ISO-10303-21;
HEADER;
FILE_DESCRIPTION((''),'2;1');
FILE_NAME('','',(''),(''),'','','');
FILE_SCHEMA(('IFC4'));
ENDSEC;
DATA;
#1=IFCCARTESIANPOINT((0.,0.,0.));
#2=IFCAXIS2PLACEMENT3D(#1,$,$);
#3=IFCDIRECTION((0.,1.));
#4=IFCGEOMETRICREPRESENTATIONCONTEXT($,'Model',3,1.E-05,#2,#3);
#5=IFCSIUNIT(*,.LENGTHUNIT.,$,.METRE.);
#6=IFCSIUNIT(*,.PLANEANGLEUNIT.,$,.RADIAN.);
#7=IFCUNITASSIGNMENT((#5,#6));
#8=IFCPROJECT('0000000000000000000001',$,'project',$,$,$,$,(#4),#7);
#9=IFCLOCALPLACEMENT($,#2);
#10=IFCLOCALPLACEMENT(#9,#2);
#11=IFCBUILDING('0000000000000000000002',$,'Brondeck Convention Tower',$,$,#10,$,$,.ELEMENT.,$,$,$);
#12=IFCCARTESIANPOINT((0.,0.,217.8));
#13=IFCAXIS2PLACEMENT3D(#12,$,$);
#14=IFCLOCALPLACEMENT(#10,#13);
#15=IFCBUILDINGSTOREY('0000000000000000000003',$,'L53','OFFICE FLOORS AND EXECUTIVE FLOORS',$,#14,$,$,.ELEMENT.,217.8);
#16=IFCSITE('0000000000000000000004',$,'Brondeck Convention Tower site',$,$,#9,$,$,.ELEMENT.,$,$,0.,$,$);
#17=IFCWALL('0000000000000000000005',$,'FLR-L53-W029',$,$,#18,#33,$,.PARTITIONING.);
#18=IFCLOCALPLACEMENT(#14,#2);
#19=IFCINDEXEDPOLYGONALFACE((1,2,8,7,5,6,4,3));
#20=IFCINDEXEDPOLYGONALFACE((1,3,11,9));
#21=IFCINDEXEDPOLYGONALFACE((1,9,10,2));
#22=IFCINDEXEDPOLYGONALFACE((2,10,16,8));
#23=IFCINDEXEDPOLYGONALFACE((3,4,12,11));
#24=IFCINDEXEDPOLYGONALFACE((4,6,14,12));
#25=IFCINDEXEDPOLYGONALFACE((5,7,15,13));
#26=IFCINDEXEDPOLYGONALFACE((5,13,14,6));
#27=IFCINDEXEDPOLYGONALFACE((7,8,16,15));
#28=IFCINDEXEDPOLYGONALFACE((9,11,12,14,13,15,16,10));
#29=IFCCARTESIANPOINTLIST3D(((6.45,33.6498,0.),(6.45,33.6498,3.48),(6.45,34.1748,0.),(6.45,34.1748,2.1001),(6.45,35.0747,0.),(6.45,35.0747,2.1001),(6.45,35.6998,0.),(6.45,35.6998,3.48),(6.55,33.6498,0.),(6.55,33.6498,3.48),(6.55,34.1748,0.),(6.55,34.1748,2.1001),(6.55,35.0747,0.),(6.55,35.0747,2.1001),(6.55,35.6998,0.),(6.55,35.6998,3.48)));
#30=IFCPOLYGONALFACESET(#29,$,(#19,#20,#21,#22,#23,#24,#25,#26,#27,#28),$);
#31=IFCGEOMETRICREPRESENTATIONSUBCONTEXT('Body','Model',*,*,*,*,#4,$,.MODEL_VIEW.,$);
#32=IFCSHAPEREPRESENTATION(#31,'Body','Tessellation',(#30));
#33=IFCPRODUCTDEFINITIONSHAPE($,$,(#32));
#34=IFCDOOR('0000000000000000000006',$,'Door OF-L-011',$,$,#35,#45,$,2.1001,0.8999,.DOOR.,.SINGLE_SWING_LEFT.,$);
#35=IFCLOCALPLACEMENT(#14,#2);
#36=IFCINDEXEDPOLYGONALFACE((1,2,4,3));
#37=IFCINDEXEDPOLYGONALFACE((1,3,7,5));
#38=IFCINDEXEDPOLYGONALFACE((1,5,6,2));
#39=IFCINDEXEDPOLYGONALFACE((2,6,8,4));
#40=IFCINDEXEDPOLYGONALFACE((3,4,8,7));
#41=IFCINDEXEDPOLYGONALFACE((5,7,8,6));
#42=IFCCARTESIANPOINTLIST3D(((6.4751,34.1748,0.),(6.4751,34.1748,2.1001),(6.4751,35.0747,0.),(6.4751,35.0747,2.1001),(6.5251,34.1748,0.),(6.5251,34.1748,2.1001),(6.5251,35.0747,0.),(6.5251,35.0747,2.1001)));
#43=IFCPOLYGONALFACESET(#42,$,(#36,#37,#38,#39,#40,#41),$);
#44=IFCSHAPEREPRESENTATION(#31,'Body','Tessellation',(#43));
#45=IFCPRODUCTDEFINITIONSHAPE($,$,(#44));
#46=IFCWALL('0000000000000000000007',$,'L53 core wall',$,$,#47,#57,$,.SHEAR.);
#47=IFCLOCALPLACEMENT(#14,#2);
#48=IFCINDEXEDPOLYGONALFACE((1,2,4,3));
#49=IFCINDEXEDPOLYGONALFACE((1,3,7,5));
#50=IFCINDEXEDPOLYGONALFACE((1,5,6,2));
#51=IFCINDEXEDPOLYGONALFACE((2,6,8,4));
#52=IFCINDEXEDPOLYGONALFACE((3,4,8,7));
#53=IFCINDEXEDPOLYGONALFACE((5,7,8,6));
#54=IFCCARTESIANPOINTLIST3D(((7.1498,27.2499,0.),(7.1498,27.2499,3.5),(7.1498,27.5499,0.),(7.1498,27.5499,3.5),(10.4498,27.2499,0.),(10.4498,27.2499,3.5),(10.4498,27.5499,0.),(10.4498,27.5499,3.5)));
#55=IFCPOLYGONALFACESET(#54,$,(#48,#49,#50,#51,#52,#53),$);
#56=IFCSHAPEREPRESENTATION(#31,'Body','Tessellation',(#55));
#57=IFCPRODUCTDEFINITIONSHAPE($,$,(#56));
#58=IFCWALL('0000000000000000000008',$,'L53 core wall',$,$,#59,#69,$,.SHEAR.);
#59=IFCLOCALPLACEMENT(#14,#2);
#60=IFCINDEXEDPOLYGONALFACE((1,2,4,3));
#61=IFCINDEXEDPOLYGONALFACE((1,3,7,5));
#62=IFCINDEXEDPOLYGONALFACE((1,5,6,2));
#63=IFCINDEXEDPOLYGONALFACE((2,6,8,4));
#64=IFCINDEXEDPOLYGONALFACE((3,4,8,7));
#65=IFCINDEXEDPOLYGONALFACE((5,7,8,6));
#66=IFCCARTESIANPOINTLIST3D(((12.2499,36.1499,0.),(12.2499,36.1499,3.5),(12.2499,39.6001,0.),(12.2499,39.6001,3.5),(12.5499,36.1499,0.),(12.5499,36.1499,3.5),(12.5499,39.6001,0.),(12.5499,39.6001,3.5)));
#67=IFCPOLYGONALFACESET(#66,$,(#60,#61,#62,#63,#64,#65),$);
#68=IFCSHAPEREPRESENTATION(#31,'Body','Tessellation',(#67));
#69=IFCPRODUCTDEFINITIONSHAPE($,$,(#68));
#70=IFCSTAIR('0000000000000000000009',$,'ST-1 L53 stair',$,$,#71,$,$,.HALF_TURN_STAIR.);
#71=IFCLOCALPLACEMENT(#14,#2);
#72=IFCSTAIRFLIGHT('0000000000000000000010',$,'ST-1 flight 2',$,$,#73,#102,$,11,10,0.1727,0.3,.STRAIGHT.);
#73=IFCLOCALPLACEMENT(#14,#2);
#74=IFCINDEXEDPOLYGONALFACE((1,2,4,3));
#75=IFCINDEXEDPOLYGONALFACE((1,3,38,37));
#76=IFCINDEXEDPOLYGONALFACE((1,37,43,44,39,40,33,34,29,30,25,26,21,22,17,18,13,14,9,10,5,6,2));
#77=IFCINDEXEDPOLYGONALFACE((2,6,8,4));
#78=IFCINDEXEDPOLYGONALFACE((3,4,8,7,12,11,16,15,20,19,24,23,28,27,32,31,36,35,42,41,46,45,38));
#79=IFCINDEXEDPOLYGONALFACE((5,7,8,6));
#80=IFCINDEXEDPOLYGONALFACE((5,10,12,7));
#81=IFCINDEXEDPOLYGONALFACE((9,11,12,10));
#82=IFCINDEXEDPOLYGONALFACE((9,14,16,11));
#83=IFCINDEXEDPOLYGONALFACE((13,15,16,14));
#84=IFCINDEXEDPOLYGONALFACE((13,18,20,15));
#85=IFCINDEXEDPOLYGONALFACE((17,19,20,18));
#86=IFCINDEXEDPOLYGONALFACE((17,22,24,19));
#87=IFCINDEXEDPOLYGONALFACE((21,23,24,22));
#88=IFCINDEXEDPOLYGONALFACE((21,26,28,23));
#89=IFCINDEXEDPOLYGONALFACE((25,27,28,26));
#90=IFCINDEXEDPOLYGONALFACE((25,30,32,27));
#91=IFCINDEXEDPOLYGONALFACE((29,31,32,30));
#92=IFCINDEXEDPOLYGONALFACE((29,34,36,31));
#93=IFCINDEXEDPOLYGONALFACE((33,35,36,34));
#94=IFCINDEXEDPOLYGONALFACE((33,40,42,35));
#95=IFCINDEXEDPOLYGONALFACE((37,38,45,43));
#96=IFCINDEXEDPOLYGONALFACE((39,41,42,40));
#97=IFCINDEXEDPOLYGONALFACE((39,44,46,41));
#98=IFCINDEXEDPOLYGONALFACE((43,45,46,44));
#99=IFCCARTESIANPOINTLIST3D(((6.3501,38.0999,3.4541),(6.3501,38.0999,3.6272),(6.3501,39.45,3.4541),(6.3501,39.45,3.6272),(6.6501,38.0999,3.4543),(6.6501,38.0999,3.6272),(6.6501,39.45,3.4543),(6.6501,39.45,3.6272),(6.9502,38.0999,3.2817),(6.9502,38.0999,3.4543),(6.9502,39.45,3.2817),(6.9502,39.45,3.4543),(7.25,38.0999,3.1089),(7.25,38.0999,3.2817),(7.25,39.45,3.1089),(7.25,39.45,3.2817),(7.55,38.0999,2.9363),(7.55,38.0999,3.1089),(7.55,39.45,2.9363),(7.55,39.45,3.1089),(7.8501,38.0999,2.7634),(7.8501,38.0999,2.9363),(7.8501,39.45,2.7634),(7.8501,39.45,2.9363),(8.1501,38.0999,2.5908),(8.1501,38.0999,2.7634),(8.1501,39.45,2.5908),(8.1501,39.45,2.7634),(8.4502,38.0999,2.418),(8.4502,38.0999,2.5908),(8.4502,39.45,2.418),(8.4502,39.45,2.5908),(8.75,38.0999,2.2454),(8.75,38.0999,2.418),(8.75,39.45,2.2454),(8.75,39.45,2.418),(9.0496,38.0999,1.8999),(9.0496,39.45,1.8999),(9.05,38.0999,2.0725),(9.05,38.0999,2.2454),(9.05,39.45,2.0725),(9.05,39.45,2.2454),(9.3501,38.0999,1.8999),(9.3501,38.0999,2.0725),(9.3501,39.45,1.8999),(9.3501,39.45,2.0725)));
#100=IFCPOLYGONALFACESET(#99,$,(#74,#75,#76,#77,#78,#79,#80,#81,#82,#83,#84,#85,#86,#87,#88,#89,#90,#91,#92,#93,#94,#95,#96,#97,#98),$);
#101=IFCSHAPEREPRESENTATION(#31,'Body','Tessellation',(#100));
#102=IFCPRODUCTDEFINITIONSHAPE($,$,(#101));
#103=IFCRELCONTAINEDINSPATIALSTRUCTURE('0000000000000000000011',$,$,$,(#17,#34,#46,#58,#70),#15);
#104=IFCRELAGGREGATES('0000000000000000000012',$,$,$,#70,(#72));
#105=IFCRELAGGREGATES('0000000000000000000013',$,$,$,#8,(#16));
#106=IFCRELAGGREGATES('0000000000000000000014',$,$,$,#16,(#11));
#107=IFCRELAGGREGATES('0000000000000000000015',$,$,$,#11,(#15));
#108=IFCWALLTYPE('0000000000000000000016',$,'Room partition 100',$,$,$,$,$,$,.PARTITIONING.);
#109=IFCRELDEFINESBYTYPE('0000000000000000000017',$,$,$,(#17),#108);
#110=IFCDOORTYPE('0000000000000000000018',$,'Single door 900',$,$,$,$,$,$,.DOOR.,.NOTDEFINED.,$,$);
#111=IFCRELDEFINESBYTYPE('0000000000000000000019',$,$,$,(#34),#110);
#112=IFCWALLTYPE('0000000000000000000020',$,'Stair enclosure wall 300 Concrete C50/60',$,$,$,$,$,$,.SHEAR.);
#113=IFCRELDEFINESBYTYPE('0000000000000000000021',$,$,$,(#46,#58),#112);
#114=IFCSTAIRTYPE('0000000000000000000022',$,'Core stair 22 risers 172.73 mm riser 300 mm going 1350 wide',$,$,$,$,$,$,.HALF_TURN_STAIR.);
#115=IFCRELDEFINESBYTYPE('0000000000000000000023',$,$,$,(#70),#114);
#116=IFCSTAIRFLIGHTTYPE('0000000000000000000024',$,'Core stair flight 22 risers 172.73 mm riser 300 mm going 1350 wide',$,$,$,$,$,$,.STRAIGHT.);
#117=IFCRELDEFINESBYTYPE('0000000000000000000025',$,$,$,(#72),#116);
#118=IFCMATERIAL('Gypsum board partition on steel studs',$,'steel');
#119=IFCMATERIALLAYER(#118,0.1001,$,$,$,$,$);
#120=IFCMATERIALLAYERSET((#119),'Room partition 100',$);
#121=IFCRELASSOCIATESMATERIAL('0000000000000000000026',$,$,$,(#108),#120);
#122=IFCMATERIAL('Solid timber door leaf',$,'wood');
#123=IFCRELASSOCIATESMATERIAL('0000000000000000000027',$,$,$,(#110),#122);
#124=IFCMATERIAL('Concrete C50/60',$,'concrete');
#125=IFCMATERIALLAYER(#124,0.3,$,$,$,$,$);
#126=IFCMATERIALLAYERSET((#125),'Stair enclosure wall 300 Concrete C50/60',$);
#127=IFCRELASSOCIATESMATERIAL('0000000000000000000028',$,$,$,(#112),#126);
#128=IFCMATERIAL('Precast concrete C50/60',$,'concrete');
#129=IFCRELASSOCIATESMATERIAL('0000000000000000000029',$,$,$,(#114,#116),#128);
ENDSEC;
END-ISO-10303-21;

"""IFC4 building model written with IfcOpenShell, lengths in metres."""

from ifc_helpers import new_model, si_unit, direction, frame, frame_2d, origin, place, context, subcontext, project, spatial, polyline, rectangle, outline, extrude, material, layer, layer_set, type_object, element, fill, aggregate, save


model = new_model("IFC4")

# Units and contexts
model_context = context("Model", 3, precision=1e-05, world=origin(), true_north=direction((0.0, 1.0)))
body_context = subcontext(model_context, "Body", "Model", "MODEL_VIEW")
ifc_project = project(units=[si_unit("LENGTHUNIT", "METRE"), si_unit("PLANEANGLEUNIT", "RADIAN")], contexts=[model_context])

# Site, building, storey
site_placement = place(None, origin())
site = spatial("IfcSite", under=ifc_project, at=site_placement, Name="Brondeck Convention Tower site", CompositionType="ELEMENT", RefElevation=0.0)
building_placement = place(site_placement, origin())
building = spatial("IfcBuilding", under=site, at=building_placement, Name="Brondeck Convention Tower", CompositionType="ELEMENT")
storey_placement = place(building_placement, frame((0.0, 0.0, 217.8)))
storey = spatial("IfcBuildingStorey", under=building, at=storey_placement, Name="L53", Description="OFFICE FLOORS AND EXECUTIVE FLOORS", CompositionType="ELEMENT", Elevation=217.8)

# Shared definitions
ifc_material_1 = material(Name="Concrete C50/60", Category="concrete")

# Shared definitions
ifc_material_2 = material(Name="Gypsum board partition on steel studs", Category="steel")
ifc_layer_1 = layer(ifc_material_2, 0.1001)
ifc_layer_set_1 = layer_set([ifc_layer_1], Name="Room partition 100")
wall_type_1 = type_object("IfcWallType", Name="Room partition 100", PredefinedType="PARTITIONING", material=ifc_layer_set_1)

# Wall, opening, door
wall_1_placement = place(storey_placement, frame((6.5, 33.6499, 0.0), z_axis=(0.0, 0.0, 1.0), x_axis=(0.0, 1.0, 0.0)))
wall_1 = element("IfcWall", 1, at=wall_1_placement, inside=storey, type_object=wall_type_1, Name="FLR-L53-W029", PredefinedType="PARTITIONING", context=body_context, shape_type="SweptSolid", body=[
    extrude(rectangle(XDim=2.05, YDim=0.1001, at=frame_2d((1.0249, 0.0))), origin(), (0.0, 0.0, 1.0), 3.48),
])
opening_1_placement = place(wall_1_placement, frame((0.5249, 0.0, 0.0)))
opening_1 = element("IfcOpeningElement", 2, at=opening_1_placement, cuts=wall_1, PredefinedType="OPENING", context=body_context, shape_type="SweptSolid", body=[
    extrude(rectangle(XDim=0.8999, YDim=2.1001, at=frame_2d((0.45, 1.05))), frame((0.0, 0.0601, 0.0), z_axis=(0.0, -1.0, 0.0), x_axis=(1.0, 0.0, 0.0)), (0.0, 0.0, 1.0), 0.1201),
])
ifc_material_3 = material(Name="Solid timber door leaf", Category="wood")
door_type_1 = type_object("IfcDoorType", Name="Single door 900", OperationType="NOTDEFINED", PredefinedType="DOOR", material=ifc_material_3)
door_1_placement = place(opening_1_placement, origin())
door_1 = element("IfcDoor", 3, at=door_1_placement, inside=storey, type_object=door_type_1, Name="Door OF-L-011", OperationType="SINGLE_SWING_LEFT", OverallHeight=2.1001, OverallWidth=0.8999, PredefinedType="DOOR", context=body_context, shape_type="SweptSolid", body=[
    extrude(rectangle(XDim=0.8999, YDim=2.1001, at=frame_2d((0.45, 1.05))), frame((0.0, 0.0249, 0.0), z_axis=(0.0, -1.0, 0.0), x_axis=(1.0, 0.0, 0.0)), (0.0, 0.0, 1.0), 0.05),
])
fill(opening_1, door_1)

# Walls
ifc_layer_2 = layer(ifc_material_1, 0.3)
ifc_layer_set_2 = layer_set([ifc_layer_2], Name="Stair enclosure wall 300 Concrete C50/60")
wall_type_2 = type_object("IfcWallType", Name="Stair enclosure wall 300 Concrete C50/60", PredefinedType="SHEAR", material=ifc_layer_set_2)
wall_2_placement = place(storey_placement, frame((7.1499, 27.3999, 0.0), z_axis=(0.0, 0.0, 1.0), x_axis=(1.0, 0.0, 0.0)))
element("IfcWall", 4, at=wall_2_placement, inside=storey, type_object=wall_type_2, Name="L53 core wall", PredefinedType="SHEAR", context=body_context, shape_type="SweptSolid", body=[
    extrude(rectangle(XDim=3.3, YDim=0.3, at=frame_2d((1.6499, 0.0))), origin(), (0.0, 0.0, 1.0), 3.5),
])
wall_3_placement = place(storey_placement, frame((12.3999, 36.1499, 0.0), z_axis=(0.0, 0.0, 1.0), x_axis=(0.0, 1.0, 0.0)))
element("IfcWall", 5, at=wall_3_placement, inside=storey, type_object=wall_type_2, Name="L53 core wall", PredefinedType="SHEAR", context=body_context, shape_type="SweptSolid", body=[
    extrude(rectangle(XDim=3.4502, YDim=0.3, at=frame_2d((1.7251, 0.0))), origin(), (0.0, 0.0, 1.0), 3.5),
])

# Stair, stair flight
ifc_material_4 = material(Name="Precast concrete C50/60", Category="concrete")
stair_type = type_object("IfcStairType", Name="Core stair 22 risers 172.73 mm riser 300 mm going 1350 wide", PredefinedType="HALF_TURN_STAIR", material=ifc_material_4)
stair_placement = place(storey_placement, origin())
stair = element("IfcStair", 6, at=stair_placement, inside=storey, type_object=stair_type, Name="ST-1 L53 stair", PredefinedType="HALF_TURN_STAIR")
stair_flight_type = type_object("IfcStairFlightType", Name="Core stair flight 22 risers 172.73 mm riser 300 mm going 1350 wide", PredefinedType="STRAIGHT", material=ifc_material_4)
stair_flight_placement = place(storey_placement, frame((9.3501, 38.7749, 1.8999), z_axis=(0.0, 0.0, 1.0), x_axis=(-1.0, 0.0, 0.0)))
stair_flight = element("IfcStairFlight", 7, at=stair_flight_placement, type_object=stair_flight_type, Name="ST-1 flight 2", NumberOfRisers=11, NumberOfTreads=10, PredefinedType="STRAIGHT", RiserHeight=0.1727, TreadLength=0.3, context=body_context, shape_type="SweptSolid", body=[
    extrude(outline(polyline([(0.0, 0.0), (0.0, 0.1726), (0.3, 0.1726), (0.3, 0.3455), (0.6001, 0.3455), (0.6001, 0.5181), (0.8999, 0.5181), (0.8999, 0.6909), (1.2, 0.6909), (1.2, 0.8635), (1.5, 0.8635), (1.5, 1.0364), (1.8, 1.0364), (1.8, 1.209), (2.1001, 1.209), (2.1001, 1.3818), (2.3999, 1.3818), (2.3999, 1.5544), (2.7, 1.5544), (2.7, 1.7273), (3.0, 1.7273), (3.0, 1.8999), (3.0, 1.5542), (0.3005, 0.0), (0.0, 0.0)])), frame((0.0, 0.675, 0.0), z_axis=(0.0, -1.0, 0.0), x_axis=(1.0, 0.0, 0.0)), (0.0, 0.0, 1.0), 1.3501),
])
aggregate(stair, [stair_flight])

save(model, "model.ifc")
